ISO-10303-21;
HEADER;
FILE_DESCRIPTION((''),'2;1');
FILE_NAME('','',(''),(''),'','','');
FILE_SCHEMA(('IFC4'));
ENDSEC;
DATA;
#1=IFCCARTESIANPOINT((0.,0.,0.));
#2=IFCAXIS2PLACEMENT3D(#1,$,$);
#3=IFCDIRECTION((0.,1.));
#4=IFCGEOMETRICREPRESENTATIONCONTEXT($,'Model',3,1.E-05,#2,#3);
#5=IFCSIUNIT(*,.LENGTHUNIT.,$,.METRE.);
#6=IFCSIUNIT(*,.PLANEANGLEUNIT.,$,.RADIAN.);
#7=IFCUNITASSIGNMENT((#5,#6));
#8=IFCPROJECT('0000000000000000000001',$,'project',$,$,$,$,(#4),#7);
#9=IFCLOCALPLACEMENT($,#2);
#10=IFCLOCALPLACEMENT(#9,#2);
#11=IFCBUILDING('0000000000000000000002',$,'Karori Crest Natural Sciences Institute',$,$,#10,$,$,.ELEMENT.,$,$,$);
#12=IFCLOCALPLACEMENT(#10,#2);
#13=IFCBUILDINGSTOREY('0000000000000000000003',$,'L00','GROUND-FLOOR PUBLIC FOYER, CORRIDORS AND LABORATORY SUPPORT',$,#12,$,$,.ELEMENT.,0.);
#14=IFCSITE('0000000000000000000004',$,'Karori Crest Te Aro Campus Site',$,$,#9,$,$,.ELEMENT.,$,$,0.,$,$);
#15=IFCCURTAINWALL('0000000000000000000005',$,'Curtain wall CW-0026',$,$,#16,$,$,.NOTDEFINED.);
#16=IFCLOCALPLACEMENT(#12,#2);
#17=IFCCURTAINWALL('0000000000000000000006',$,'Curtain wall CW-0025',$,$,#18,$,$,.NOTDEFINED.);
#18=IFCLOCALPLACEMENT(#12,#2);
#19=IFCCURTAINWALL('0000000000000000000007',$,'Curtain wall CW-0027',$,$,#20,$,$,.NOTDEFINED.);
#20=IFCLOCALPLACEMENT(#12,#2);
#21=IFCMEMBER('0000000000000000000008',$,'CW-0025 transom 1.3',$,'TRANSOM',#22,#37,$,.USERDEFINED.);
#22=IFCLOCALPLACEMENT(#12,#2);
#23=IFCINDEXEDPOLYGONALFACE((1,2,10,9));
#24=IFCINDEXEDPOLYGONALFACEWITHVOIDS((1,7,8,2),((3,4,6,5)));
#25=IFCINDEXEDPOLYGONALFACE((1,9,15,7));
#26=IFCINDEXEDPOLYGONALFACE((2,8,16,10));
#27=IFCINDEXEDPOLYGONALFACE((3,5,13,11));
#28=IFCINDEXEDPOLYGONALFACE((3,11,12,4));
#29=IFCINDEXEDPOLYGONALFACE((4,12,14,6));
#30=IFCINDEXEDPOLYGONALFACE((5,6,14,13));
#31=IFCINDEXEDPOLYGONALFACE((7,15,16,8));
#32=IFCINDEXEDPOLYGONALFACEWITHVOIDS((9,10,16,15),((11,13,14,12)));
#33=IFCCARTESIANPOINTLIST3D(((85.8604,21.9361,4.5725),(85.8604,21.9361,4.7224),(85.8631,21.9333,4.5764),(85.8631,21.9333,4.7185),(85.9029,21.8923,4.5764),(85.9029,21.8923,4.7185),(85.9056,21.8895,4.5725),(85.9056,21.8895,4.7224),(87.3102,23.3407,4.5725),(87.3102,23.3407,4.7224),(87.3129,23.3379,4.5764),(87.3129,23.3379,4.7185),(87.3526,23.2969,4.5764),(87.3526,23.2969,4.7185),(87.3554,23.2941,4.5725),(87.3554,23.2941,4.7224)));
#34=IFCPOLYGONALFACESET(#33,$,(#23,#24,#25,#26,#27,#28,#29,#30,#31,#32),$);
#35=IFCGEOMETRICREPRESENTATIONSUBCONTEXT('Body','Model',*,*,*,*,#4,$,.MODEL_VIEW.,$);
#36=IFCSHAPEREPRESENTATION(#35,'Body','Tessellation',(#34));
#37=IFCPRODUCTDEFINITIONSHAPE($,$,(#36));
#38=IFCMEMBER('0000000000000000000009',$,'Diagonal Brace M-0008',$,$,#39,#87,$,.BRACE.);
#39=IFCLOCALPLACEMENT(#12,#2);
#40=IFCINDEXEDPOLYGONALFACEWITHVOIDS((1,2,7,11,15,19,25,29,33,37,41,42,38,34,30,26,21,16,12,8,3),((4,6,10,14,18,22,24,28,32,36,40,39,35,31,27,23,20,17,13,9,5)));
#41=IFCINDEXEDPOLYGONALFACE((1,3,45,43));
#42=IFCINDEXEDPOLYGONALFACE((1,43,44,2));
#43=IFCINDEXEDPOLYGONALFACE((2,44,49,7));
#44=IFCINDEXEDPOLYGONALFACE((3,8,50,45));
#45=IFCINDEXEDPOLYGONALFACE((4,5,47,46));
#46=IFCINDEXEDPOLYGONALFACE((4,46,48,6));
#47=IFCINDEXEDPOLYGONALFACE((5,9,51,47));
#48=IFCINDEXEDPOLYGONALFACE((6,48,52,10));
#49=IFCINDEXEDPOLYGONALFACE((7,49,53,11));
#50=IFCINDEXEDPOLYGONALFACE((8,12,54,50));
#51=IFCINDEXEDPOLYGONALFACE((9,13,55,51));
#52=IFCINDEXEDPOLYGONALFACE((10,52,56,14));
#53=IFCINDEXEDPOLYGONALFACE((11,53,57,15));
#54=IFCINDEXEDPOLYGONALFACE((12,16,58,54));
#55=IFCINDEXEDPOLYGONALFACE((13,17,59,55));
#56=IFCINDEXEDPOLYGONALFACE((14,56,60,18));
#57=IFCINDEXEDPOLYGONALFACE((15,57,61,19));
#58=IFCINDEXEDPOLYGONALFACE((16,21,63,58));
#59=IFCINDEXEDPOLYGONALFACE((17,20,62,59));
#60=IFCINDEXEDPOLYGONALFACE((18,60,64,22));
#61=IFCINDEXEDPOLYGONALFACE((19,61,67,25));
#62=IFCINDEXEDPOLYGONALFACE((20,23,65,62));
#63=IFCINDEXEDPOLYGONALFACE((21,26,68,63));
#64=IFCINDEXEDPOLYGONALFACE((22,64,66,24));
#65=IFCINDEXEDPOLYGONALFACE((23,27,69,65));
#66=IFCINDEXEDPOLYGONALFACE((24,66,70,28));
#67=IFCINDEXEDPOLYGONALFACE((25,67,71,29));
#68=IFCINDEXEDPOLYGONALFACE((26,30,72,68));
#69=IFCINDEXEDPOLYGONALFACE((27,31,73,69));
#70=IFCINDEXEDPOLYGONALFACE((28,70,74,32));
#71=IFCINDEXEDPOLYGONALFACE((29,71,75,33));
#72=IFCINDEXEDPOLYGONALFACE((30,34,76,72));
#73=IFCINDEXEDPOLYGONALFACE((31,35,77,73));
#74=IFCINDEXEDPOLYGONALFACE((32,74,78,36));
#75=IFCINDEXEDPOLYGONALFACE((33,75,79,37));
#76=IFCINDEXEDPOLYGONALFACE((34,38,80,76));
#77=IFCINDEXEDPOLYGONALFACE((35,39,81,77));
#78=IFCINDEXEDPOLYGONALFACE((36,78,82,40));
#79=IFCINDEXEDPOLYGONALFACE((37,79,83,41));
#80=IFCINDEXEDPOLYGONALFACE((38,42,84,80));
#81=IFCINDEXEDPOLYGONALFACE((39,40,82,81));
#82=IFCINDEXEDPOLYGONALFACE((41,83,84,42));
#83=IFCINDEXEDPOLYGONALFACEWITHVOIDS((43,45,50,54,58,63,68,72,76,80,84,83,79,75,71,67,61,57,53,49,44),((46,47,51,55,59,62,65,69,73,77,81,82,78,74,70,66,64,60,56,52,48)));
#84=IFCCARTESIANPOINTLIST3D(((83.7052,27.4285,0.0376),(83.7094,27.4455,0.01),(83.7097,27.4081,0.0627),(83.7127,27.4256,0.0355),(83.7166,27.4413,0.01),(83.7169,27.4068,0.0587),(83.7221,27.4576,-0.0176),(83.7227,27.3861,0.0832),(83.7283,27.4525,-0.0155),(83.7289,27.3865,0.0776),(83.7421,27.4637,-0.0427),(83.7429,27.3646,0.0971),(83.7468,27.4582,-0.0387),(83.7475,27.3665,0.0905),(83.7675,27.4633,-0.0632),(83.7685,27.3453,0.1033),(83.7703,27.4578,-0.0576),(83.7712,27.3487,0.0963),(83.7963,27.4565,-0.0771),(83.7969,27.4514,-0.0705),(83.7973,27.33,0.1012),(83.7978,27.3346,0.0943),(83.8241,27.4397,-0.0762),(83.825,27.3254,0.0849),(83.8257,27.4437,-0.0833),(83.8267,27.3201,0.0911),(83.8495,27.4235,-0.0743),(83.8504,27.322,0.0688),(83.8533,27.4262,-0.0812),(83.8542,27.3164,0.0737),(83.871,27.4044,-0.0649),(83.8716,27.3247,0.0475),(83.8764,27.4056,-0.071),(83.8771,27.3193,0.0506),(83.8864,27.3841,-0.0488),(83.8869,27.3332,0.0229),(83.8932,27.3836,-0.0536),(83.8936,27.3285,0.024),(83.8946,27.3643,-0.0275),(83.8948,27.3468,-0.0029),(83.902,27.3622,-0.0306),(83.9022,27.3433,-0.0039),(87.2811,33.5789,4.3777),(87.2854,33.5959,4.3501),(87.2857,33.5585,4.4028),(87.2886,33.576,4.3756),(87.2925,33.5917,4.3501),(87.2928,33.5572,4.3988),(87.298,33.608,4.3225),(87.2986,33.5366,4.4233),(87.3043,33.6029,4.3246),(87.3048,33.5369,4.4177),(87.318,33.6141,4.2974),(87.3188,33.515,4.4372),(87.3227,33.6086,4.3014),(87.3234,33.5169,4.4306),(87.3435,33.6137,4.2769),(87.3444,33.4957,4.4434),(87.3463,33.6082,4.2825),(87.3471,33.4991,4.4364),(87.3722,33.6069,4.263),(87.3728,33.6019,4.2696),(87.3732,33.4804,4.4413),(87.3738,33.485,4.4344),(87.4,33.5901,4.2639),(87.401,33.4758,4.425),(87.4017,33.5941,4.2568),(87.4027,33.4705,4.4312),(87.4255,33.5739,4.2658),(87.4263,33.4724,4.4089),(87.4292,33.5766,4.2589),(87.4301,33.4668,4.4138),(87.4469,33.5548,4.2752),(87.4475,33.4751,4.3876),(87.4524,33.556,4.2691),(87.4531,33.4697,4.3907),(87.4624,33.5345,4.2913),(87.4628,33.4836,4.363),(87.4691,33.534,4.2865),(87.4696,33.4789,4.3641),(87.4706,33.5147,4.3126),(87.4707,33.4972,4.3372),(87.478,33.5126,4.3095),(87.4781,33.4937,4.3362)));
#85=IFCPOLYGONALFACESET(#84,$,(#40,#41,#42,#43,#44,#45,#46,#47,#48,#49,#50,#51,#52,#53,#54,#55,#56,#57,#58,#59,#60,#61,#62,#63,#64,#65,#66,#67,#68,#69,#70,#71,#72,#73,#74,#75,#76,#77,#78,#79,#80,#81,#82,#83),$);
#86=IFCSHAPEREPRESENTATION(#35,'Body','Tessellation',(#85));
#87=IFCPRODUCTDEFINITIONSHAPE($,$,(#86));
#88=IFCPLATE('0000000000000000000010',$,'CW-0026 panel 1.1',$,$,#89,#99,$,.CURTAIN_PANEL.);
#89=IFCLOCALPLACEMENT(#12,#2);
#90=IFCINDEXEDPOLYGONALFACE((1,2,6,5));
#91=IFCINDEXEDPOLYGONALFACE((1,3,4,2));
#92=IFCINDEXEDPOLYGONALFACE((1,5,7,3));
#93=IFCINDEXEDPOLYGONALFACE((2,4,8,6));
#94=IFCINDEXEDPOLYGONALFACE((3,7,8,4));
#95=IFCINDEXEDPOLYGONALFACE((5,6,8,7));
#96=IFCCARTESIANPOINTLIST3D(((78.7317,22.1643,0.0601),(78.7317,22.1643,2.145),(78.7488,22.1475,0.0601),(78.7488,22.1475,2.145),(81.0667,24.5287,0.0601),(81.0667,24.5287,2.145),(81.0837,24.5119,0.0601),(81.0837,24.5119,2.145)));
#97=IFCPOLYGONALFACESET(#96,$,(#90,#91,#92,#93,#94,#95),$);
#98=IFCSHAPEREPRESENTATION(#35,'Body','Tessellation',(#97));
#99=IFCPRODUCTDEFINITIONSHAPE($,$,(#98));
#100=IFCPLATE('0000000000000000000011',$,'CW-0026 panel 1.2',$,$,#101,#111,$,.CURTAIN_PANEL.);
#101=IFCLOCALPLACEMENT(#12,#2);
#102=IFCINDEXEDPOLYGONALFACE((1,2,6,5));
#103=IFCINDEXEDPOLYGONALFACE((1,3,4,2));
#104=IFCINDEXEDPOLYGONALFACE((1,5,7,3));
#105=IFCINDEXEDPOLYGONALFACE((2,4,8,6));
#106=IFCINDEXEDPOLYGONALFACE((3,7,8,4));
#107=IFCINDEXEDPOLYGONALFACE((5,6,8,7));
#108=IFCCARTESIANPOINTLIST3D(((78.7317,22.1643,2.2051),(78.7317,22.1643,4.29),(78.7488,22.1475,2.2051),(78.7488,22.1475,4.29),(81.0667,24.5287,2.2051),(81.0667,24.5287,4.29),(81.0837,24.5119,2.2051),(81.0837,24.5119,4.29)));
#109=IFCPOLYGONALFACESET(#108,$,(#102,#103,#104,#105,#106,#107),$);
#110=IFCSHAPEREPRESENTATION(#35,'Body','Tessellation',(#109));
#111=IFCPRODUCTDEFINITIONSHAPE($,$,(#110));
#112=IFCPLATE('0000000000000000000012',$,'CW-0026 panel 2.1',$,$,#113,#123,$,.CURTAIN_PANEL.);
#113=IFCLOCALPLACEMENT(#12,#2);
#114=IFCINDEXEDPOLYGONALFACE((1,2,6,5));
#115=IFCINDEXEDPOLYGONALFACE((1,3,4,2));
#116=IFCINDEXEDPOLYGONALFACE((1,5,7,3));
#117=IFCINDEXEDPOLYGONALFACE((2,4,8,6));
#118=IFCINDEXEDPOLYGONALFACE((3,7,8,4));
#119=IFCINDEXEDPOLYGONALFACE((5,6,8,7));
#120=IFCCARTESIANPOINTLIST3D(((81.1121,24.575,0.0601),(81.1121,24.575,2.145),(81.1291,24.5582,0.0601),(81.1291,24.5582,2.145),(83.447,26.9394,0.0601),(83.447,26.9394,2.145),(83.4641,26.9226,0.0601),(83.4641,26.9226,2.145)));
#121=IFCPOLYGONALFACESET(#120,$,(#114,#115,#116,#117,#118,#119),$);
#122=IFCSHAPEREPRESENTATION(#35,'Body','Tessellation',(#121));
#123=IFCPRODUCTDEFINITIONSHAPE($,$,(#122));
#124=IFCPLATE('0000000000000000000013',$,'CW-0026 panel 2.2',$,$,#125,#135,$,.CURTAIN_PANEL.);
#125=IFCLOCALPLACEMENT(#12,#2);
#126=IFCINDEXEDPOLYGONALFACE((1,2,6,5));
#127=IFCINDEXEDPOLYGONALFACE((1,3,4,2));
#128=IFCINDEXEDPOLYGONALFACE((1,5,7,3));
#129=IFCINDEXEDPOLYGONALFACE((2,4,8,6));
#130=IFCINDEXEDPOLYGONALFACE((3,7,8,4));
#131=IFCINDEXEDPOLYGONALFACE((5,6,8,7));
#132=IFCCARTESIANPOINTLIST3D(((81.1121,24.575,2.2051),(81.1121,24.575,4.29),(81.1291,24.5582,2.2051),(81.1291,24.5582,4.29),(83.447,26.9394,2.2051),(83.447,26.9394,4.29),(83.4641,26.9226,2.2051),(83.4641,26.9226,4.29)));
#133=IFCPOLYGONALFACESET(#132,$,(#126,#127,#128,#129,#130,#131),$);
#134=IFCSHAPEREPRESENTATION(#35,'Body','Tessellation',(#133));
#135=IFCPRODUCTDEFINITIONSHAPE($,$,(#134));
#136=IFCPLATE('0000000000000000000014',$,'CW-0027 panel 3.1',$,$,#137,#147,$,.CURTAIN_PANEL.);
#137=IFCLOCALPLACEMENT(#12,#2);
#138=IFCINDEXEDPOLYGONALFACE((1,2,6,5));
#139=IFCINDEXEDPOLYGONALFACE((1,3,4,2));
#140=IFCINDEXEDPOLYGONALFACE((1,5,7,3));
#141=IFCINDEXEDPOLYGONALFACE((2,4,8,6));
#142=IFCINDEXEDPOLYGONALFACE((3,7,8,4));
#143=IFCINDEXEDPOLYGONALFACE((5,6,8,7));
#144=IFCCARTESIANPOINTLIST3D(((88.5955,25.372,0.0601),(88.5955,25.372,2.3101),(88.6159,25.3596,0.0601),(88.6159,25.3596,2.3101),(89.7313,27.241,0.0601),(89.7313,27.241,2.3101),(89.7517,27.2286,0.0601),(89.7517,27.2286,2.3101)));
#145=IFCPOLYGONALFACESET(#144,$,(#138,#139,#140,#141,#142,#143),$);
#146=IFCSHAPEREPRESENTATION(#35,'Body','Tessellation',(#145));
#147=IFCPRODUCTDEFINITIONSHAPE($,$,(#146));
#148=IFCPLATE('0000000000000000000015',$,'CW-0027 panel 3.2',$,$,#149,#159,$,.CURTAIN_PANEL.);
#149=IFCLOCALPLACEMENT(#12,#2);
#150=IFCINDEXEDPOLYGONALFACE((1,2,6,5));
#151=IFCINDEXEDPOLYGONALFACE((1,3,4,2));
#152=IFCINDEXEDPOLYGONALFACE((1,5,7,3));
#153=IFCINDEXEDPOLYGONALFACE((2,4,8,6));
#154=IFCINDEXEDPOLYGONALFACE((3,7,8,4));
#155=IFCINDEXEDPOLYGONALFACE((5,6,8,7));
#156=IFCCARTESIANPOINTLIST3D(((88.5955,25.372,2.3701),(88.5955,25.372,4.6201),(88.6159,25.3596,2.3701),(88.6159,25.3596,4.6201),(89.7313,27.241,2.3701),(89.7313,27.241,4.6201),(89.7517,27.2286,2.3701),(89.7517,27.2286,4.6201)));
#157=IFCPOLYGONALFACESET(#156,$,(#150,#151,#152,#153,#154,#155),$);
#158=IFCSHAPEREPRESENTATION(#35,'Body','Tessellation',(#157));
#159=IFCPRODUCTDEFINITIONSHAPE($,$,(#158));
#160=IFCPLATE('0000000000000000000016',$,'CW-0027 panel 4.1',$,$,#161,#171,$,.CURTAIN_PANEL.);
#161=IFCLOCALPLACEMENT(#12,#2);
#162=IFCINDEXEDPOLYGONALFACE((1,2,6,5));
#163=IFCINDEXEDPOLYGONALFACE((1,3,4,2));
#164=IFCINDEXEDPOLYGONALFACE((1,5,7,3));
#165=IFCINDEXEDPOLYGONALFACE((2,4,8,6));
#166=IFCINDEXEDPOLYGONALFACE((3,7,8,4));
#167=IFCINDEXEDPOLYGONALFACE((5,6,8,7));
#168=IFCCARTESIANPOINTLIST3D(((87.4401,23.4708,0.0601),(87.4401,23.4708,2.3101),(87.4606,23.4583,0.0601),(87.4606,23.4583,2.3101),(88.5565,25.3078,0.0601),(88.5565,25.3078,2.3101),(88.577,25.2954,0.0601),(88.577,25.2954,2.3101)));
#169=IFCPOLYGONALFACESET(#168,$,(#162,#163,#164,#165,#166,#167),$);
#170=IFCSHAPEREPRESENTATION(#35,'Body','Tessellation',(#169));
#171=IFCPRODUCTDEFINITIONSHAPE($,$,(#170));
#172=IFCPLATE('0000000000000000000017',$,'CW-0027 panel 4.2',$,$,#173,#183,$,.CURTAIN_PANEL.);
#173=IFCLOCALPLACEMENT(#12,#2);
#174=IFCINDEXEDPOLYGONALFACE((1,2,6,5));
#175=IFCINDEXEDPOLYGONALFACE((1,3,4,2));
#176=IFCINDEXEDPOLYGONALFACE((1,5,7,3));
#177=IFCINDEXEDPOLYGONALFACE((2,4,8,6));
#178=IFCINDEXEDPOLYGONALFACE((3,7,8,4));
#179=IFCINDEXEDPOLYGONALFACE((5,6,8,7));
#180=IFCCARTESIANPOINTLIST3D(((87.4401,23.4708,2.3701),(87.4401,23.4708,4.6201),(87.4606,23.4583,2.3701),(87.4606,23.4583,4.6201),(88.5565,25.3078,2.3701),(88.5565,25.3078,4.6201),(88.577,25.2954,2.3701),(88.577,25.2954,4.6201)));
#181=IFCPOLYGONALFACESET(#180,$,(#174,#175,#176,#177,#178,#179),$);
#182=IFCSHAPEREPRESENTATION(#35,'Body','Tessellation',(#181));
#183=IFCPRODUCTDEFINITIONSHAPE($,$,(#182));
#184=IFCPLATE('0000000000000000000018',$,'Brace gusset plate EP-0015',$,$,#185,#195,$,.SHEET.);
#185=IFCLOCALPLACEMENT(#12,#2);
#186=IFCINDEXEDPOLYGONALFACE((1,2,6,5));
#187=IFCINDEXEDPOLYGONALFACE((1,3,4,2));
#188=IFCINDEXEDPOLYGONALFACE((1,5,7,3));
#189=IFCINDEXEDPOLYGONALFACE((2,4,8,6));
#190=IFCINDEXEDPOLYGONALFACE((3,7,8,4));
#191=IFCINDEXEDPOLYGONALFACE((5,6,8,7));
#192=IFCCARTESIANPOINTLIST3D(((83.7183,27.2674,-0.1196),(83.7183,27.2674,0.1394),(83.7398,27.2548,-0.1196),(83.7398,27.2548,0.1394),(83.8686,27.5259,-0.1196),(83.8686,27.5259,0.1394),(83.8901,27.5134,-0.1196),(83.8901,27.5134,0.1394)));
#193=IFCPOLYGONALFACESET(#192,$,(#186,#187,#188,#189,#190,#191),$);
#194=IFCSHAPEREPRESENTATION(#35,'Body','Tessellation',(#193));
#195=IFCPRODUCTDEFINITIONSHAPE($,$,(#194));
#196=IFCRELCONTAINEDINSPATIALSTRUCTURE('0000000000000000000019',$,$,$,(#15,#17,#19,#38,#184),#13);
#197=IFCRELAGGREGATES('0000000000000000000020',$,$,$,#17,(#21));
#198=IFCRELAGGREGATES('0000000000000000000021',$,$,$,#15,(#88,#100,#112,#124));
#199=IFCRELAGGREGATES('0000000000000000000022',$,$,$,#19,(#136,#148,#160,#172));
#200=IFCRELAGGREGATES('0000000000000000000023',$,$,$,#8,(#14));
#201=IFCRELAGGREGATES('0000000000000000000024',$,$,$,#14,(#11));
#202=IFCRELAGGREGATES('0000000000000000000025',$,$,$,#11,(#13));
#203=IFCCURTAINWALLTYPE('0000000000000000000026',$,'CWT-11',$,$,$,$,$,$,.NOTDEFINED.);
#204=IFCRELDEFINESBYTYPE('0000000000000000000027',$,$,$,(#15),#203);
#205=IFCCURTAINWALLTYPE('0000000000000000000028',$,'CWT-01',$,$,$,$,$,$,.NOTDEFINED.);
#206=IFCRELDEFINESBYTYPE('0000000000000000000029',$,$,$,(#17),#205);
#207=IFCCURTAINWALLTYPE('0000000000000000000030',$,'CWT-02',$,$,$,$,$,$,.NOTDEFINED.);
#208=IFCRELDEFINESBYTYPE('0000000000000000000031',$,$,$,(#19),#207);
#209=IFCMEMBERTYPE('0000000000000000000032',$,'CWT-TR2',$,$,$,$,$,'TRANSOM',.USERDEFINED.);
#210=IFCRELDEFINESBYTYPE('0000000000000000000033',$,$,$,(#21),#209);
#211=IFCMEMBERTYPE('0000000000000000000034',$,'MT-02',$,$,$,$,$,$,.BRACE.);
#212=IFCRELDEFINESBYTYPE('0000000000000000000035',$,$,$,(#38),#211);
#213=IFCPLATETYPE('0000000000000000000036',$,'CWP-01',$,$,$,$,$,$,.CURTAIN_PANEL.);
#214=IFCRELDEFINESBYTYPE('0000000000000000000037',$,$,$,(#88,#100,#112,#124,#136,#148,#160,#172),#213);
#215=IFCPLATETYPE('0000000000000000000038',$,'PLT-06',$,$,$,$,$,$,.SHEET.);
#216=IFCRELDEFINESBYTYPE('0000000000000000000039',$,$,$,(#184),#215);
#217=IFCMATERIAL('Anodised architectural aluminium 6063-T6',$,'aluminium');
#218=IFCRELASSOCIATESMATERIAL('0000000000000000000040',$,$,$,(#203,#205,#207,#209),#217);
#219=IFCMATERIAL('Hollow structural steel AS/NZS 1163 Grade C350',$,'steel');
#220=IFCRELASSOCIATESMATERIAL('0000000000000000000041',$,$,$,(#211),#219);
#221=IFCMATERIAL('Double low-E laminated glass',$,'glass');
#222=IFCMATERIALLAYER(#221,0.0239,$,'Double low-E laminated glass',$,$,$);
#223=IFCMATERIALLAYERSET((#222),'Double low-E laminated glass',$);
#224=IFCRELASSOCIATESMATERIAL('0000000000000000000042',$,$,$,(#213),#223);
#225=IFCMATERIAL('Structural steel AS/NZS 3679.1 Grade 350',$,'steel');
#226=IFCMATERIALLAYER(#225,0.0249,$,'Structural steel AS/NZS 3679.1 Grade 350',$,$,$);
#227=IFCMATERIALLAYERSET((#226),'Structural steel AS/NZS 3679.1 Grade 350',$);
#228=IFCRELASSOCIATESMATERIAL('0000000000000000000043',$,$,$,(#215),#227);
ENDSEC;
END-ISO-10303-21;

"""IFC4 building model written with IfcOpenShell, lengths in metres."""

from ifc_helpers import new_model, si_unit, direction, frame, origin, origin_2d, place, context, subcontext, project, spatial, rectangle, hollow_rectangle, hollow_circle, extrude, material, layer, layer_set, material_profile, profile_set, type_object, element, aggregate, save


model = new_model("IFC4")

# Units and contexts
model_context = context("Model", 3, precision=1e-05, world=origin(), true_north=direction((0.0, 1.0)))
body_context = subcontext(model_context, "Body", "Model", "MODEL_VIEW")
ifc_project = project(units=[si_unit("LENGTHUNIT", "METRE"), si_unit("PLANEANGLEUNIT", "RADIAN")], contexts=[model_context])

# Site, building, storey
site_placement = place(None, origin())
site = spatial("IfcSite", under=ifc_project, at=site_placement, Name="Karori Crest Te Aro Campus Site", CompositionType="ELEMENT", RefElevation=0.0)
building_placement = place(site_placement, origin())
building = spatial("IfcBuilding", under=site, at=building_placement, Name="Karori Crest Natural Sciences Institute", CompositionType="ELEMENT")
storey_placement = place(building_placement, origin())
storey = spatial("IfcBuildingStorey", under=building, at=storey_placement, Name="L00", Description="GROUND-FLOOR PUBLIC FOYER, CORRIDORS AND LABORATORY SUPPORT", CompositionType="ELEMENT", Elevation=0.0)

# Shared definitions
ifc_material_1 = material(Name="Structural steel AS/NZS 3679.1 Grade 350", Category="steel")

# Shared definitions
ifc_material_2 = material(Name="Hollow structural steel AS/NZS 1163 Grade C350", Category="steel")

# Curtain wall
ifc_material_3 = material(Name="Anodised architectural aluminium 6063-T6", Category="aluminium")
curtain_wall_type_1 = type_object("IfcCurtainWallType", Name="CWT-11", PredefinedType="NOTDEFINED", material=ifc_material_3)
curtain_wall_1_placement = place(storey_placement, origin())
curtain_wall_1 = element("IfcCurtainWall", 1, at=curtain_wall_1_placement, inside=storey, type_object=curtain_wall_type_1, Name="Curtain wall CW-0026", PredefinedType="NOTDEFINED")

# Curtain wall
curtain_wall_type_2 = type_object("IfcCurtainWallType", Name="CWT-01", PredefinedType="NOTDEFINED", material=ifc_material_3)
curtain_wall_2_placement = place(storey_placement, origin())
curtain_wall_2 = element("IfcCurtainWall", 2, at=curtain_wall_2_placement, inside=storey, type_object=curtain_wall_type_2, Name="Curtain wall CW-0025", PredefinedType="NOTDEFINED")

# Curtain wall
curtain_wall_type_3 = type_object("IfcCurtainWallType", Name="CWT-02", PredefinedType="NOTDEFINED", material=ifc_material_3)
curtain_wall_3_placement = place(storey_placement, origin())
curtain_wall_3 = element("IfcCurtainWall", 3, at=curtain_wall_3_placement, inside=storey, type_object=curtain_wall_type_3, Name="Curtain wall CW-0027", PredefinedType="NOTDEFINED")

# Members
ifc_material_profile_1 = material_profile(ifc_material_3, hollow_rectangle(XDim=0.0649, YDim=0.1499, WallThickness=0.0039, at=origin_2d()), Name="CWT150x65x4")
ifc_profile_set_1 = profile_set([ifc_material_profile_1], Name="Anodised architectural aluminium 6063-T6")
member_type_1 = type_object("IfcMemberType", Name="CWT-TR2", ElementType="TRANSOM", PredefinedType="USERDEFINED", material=ifc_profile_set_1)
member_1_placement = place(storey_placement, frame((87.3328, 23.3174, 4.6475), z_axis=(-0.718206, -0.69583, 0.0), x_axis=(0.69583, -0.718206, 0.0)))
member_1 = element("IfcMember", 4, at=member_1_placement, type_object=member_type_1, Name="CW-0025 transom 1.3", ObjectType="TRANSOM", PredefinedType="USERDEFINED", context=body_context, shape_type="SweptSolid", body=[
    extrude(hollow_rectangle(XDim=0.0649, YDim=0.1499, WallThickness=0.0039, at=origin_2d()), origin(), (0.0, 0.0, 1.0), 2.0186),
])
aggregate(curtain_wall_2, [member_1])
ifc_material_profile_2 = material_profile(ifc_material_2, hollow_circle(Radius=0.1096, WallThickness=0.0083, at=origin_2d()), Name="CHS219.1x8.2")
ifc_profile_set_2 = profile_set([ifc_material_profile_2], Name="Hollow structural steel AS/NZS 1163 Grade C350")
member_type_2 = type_object("IfcMemberType", Name="MT-02", PredefinedType="BRACE", material=ifc_profile_set_2)
member_2_placement = place(storey_placement, frame((83.8042, 27.3904, 0.01), z_axis=(0.429091, 0.738012, 0.520786), x_axis=(-0.8645, 0.502633, 0.0)))
element("IfcMember", 5, at=member_2_placement, inside=storey, type_object=member_type_2, Name="Diagonal Brace M-0008", PredefinedType="BRACE", context=body_context, shape_type="SweptSolid", body=[
    extrude(hollow_circle(Radius=0.1096, WallThickness=0.0083, at=origin_2d()), origin(), (0.0, 0.0, 1.0), 8.3337),
])

# Plates
ifc_material_4 = material(Name="Double low-E laminated glass", Category="glass")
ifc_layer_1 = layer(ifc_material_4, 0.0239, Name="Double low-E laminated glass")
ifc_layer_set_1 = layer_set([ifc_layer_1], Name="Double low-E laminated glass")
plate_type_1 = type_object("IfcPlateType", Name="CWP-01", PredefinedType="CURTAIN_PANEL", material=ifc_layer_set_1)
plate_1_placement = place(storey_placement, frame((79.9077, 23.3381, 0.0601), z_axis=(0.0, 0.0, 1.0), x_axis=(0.702656, 0.711529, 0.0)))
plate_1 = element("IfcPlate", 6, at=plate_1_placement, type_object=plate_type_1, Name="CW-0026 panel 1.1", PredefinedType="CURTAIN_PANEL", context=body_context, shape_type="SweptSolid", body=[
    extrude(rectangle(XDim=3.323, YDim=0.0239, at=origin_2d()), origin(), (0.0, 0.0, 1.0), 2.085),
])
plate_2_placement = place(storey_placement, frame((79.9077, 23.3381, 2.2051), z_axis=(0.0, 0.0, 1.0), x_axis=(0.702656, 0.711529, 0.0)))
plate_2 = element("IfcPlate", 7, at=plate_2_placement, type_object=plate_type_1, Name="CW-0026 panel 1.2", PredefinedType="CURTAIN_PANEL", context=body_context, shape_type="SweptSolid", body=[
    extrude(rectangle(XDim=3.323, YDim=0.0239, at=origin_2d()), origin(), (0.0, 0.0, 1.0), 2.085),
])
plate_3_placement = place(storey_placement, frame((82.2881, 25.7488, 0.0601), z_axis=(0.0, 0.0, 1.0), x_axis=(0.702656, 0.711529, 0.0)))
plate_3 = element("IfcPlate", 8, at=plate_3_placement, type_object=plate_type_1, Name="CW-0026 panel 2.1", PredefinedType="CURTAIN_PANEL", context=body_context, shape_type="SweptSolid", body=[
    extrude(rectangle(XDim=3.323, YDim=0.0239, at=origin_2d()), origin(), (0.0, 0.0, 1.0), 2.085),
])
plate_4_placement = place(storey_placement, frame((82.2881, 25.7488, 2.2051), z_axis=(0.0, 0.0, 1.0), x_axis=(0.702656, 0.711529, 0.0)))
plate_4 = element("IfcPlate", 9, at=plate_4_placement, type_object=plate_type_1, Name="CW-0026 panel 2.2", PredefinedType="CURTAIN_PANEL", context=body_context, shape_type="SweptSolid", body=[
    extrude(rectangle(XDim=3.323, YDim=0.0239, at=origin_2d()), origin(), (0.0, 0.0, 1.0), 2.085),
])
aggregate(curtain_wall_1, [plate_1, plate_2, plate_3, plate_4])
plate_5_placement = place(storey_placement, frame((89.1736, 26.3003, 0.0601), z_axis=(0.0, 0.0, 1.0), x_axis=(-0.519341, -0.854567, 0.0)))
plate_5 = element("IfcPlate", 10, at=plate_5_placement, type_object=plate_type_1, Name="CW-0027 panel 3.1", PredefinedType="CURTAIN_PANEL", context=body_context, shape_type="SweptSolid", body=[
    extrude(rectangle(XDim=2.187, YDim=0.0239, at=origin_2d()), origin(), (0.0, 0.0, 1.0), 2.25),
])
plate_6_placement = place(storey_placement, frame((89.1736, 26.3003, 2.3701), z_axis=(0.0, 0.0, 1.0), x_axis=(-0.519341, -0.854567, 0.0)))
plate_6 = element("IfcPlate", 11, at=plate_6_placement, type_object=plate_type_1, Name="CW-0027 panel 3.2", PredefinedType="CURTAIN_PANEL", context=body_context, shape_type="SweptSolid", body=[
    extrude(rectangle(XDim=2.187, YDim=0.0239, at=origin_2d()), origin(), (0.0, 0.0, 1.0), 2.25),
])
plate_7_placement = place(storey_placement, frame((88.0085, 24.3831, 0.0601), z_axis=(0.0, 0.0, 1.0), x_axis=(-0.519341, -0.854567, 0.0)))
plate_7 = element("IfcPlate", 12, at=plate_7_placement, type_object=plate_type_1, Name="CW-0027 panel 4.1", PredefinedType="CURTAIN_PANEL", context=body_context, shape_type="SweptSolid", body=[
    extrude(rectangle(XDim=2.1497, YDim=0.0239, at=origin_2d()), origin(), (0.0, 0.0, 1.0), 2.25),
])
plate_8_placement = place(storey_placement, frame((88.0085, 24.3831, 2.3701), z_axis=(0.0, 0.0, 1.0), x_axis=(-0.519341, -0.854567, 0.0)))
plate_8 = element("IfcPlate", 13, at=plate_8_placement, type_object=plate_type_1, Name="CW-0027 panel 4.2", PredefinedType="CURTAIN_PANEL", context=body_context, shape_type="SweptSolid", body=[
    extrude(rectangle(XDim=2.1497, YDim=0.0239, at=origin_2d()), origin(), (0.0, 0.0, 1.0), 2.25),
])
aggregate(curtain_wall_3, [plate_5, plate_6, plate_7, plate_8])

# Plate
ifc_layer_2 = layer(ifc_material_1, 0.0249, Name="Structural steel AS/NZS 3679.1 Grade 350")
ifc_layer_set_2 = layer_set([ifc_layer_2], Name="Structural steel AS/NZS 3679.1 Grade 350")
plate_type_2 = type_object("IfcPlateType", Name="PLT-06", PredefinedType="SHEET", material=ifc_layer_set_2)
for number, where, z_axis, x_axis, name in (
    (14, (83.8042, 27.3904, -0.1196), (0.0, 0.0, 1.0), (0.502652, 0.864489, 0.0), "Brace gusset plate EP-0015"),
):
    element("IfcPlate", number, at=place(storey_placement, frame(where, z_axis=z_axis, x_axis=x_axis)), inside=storey, type_object=plate_type_2, Name=name, PredefinedType="SHEET", context=body_context, shape_type="SweptSolid", body=[
        extrude(rectangle(XDim=0.2991, YDim=0.0249, at=origin_2d()), origin(), (0.0, 0.0, 1.0), 0.259),
    ])

save(model, "model.ifc")
